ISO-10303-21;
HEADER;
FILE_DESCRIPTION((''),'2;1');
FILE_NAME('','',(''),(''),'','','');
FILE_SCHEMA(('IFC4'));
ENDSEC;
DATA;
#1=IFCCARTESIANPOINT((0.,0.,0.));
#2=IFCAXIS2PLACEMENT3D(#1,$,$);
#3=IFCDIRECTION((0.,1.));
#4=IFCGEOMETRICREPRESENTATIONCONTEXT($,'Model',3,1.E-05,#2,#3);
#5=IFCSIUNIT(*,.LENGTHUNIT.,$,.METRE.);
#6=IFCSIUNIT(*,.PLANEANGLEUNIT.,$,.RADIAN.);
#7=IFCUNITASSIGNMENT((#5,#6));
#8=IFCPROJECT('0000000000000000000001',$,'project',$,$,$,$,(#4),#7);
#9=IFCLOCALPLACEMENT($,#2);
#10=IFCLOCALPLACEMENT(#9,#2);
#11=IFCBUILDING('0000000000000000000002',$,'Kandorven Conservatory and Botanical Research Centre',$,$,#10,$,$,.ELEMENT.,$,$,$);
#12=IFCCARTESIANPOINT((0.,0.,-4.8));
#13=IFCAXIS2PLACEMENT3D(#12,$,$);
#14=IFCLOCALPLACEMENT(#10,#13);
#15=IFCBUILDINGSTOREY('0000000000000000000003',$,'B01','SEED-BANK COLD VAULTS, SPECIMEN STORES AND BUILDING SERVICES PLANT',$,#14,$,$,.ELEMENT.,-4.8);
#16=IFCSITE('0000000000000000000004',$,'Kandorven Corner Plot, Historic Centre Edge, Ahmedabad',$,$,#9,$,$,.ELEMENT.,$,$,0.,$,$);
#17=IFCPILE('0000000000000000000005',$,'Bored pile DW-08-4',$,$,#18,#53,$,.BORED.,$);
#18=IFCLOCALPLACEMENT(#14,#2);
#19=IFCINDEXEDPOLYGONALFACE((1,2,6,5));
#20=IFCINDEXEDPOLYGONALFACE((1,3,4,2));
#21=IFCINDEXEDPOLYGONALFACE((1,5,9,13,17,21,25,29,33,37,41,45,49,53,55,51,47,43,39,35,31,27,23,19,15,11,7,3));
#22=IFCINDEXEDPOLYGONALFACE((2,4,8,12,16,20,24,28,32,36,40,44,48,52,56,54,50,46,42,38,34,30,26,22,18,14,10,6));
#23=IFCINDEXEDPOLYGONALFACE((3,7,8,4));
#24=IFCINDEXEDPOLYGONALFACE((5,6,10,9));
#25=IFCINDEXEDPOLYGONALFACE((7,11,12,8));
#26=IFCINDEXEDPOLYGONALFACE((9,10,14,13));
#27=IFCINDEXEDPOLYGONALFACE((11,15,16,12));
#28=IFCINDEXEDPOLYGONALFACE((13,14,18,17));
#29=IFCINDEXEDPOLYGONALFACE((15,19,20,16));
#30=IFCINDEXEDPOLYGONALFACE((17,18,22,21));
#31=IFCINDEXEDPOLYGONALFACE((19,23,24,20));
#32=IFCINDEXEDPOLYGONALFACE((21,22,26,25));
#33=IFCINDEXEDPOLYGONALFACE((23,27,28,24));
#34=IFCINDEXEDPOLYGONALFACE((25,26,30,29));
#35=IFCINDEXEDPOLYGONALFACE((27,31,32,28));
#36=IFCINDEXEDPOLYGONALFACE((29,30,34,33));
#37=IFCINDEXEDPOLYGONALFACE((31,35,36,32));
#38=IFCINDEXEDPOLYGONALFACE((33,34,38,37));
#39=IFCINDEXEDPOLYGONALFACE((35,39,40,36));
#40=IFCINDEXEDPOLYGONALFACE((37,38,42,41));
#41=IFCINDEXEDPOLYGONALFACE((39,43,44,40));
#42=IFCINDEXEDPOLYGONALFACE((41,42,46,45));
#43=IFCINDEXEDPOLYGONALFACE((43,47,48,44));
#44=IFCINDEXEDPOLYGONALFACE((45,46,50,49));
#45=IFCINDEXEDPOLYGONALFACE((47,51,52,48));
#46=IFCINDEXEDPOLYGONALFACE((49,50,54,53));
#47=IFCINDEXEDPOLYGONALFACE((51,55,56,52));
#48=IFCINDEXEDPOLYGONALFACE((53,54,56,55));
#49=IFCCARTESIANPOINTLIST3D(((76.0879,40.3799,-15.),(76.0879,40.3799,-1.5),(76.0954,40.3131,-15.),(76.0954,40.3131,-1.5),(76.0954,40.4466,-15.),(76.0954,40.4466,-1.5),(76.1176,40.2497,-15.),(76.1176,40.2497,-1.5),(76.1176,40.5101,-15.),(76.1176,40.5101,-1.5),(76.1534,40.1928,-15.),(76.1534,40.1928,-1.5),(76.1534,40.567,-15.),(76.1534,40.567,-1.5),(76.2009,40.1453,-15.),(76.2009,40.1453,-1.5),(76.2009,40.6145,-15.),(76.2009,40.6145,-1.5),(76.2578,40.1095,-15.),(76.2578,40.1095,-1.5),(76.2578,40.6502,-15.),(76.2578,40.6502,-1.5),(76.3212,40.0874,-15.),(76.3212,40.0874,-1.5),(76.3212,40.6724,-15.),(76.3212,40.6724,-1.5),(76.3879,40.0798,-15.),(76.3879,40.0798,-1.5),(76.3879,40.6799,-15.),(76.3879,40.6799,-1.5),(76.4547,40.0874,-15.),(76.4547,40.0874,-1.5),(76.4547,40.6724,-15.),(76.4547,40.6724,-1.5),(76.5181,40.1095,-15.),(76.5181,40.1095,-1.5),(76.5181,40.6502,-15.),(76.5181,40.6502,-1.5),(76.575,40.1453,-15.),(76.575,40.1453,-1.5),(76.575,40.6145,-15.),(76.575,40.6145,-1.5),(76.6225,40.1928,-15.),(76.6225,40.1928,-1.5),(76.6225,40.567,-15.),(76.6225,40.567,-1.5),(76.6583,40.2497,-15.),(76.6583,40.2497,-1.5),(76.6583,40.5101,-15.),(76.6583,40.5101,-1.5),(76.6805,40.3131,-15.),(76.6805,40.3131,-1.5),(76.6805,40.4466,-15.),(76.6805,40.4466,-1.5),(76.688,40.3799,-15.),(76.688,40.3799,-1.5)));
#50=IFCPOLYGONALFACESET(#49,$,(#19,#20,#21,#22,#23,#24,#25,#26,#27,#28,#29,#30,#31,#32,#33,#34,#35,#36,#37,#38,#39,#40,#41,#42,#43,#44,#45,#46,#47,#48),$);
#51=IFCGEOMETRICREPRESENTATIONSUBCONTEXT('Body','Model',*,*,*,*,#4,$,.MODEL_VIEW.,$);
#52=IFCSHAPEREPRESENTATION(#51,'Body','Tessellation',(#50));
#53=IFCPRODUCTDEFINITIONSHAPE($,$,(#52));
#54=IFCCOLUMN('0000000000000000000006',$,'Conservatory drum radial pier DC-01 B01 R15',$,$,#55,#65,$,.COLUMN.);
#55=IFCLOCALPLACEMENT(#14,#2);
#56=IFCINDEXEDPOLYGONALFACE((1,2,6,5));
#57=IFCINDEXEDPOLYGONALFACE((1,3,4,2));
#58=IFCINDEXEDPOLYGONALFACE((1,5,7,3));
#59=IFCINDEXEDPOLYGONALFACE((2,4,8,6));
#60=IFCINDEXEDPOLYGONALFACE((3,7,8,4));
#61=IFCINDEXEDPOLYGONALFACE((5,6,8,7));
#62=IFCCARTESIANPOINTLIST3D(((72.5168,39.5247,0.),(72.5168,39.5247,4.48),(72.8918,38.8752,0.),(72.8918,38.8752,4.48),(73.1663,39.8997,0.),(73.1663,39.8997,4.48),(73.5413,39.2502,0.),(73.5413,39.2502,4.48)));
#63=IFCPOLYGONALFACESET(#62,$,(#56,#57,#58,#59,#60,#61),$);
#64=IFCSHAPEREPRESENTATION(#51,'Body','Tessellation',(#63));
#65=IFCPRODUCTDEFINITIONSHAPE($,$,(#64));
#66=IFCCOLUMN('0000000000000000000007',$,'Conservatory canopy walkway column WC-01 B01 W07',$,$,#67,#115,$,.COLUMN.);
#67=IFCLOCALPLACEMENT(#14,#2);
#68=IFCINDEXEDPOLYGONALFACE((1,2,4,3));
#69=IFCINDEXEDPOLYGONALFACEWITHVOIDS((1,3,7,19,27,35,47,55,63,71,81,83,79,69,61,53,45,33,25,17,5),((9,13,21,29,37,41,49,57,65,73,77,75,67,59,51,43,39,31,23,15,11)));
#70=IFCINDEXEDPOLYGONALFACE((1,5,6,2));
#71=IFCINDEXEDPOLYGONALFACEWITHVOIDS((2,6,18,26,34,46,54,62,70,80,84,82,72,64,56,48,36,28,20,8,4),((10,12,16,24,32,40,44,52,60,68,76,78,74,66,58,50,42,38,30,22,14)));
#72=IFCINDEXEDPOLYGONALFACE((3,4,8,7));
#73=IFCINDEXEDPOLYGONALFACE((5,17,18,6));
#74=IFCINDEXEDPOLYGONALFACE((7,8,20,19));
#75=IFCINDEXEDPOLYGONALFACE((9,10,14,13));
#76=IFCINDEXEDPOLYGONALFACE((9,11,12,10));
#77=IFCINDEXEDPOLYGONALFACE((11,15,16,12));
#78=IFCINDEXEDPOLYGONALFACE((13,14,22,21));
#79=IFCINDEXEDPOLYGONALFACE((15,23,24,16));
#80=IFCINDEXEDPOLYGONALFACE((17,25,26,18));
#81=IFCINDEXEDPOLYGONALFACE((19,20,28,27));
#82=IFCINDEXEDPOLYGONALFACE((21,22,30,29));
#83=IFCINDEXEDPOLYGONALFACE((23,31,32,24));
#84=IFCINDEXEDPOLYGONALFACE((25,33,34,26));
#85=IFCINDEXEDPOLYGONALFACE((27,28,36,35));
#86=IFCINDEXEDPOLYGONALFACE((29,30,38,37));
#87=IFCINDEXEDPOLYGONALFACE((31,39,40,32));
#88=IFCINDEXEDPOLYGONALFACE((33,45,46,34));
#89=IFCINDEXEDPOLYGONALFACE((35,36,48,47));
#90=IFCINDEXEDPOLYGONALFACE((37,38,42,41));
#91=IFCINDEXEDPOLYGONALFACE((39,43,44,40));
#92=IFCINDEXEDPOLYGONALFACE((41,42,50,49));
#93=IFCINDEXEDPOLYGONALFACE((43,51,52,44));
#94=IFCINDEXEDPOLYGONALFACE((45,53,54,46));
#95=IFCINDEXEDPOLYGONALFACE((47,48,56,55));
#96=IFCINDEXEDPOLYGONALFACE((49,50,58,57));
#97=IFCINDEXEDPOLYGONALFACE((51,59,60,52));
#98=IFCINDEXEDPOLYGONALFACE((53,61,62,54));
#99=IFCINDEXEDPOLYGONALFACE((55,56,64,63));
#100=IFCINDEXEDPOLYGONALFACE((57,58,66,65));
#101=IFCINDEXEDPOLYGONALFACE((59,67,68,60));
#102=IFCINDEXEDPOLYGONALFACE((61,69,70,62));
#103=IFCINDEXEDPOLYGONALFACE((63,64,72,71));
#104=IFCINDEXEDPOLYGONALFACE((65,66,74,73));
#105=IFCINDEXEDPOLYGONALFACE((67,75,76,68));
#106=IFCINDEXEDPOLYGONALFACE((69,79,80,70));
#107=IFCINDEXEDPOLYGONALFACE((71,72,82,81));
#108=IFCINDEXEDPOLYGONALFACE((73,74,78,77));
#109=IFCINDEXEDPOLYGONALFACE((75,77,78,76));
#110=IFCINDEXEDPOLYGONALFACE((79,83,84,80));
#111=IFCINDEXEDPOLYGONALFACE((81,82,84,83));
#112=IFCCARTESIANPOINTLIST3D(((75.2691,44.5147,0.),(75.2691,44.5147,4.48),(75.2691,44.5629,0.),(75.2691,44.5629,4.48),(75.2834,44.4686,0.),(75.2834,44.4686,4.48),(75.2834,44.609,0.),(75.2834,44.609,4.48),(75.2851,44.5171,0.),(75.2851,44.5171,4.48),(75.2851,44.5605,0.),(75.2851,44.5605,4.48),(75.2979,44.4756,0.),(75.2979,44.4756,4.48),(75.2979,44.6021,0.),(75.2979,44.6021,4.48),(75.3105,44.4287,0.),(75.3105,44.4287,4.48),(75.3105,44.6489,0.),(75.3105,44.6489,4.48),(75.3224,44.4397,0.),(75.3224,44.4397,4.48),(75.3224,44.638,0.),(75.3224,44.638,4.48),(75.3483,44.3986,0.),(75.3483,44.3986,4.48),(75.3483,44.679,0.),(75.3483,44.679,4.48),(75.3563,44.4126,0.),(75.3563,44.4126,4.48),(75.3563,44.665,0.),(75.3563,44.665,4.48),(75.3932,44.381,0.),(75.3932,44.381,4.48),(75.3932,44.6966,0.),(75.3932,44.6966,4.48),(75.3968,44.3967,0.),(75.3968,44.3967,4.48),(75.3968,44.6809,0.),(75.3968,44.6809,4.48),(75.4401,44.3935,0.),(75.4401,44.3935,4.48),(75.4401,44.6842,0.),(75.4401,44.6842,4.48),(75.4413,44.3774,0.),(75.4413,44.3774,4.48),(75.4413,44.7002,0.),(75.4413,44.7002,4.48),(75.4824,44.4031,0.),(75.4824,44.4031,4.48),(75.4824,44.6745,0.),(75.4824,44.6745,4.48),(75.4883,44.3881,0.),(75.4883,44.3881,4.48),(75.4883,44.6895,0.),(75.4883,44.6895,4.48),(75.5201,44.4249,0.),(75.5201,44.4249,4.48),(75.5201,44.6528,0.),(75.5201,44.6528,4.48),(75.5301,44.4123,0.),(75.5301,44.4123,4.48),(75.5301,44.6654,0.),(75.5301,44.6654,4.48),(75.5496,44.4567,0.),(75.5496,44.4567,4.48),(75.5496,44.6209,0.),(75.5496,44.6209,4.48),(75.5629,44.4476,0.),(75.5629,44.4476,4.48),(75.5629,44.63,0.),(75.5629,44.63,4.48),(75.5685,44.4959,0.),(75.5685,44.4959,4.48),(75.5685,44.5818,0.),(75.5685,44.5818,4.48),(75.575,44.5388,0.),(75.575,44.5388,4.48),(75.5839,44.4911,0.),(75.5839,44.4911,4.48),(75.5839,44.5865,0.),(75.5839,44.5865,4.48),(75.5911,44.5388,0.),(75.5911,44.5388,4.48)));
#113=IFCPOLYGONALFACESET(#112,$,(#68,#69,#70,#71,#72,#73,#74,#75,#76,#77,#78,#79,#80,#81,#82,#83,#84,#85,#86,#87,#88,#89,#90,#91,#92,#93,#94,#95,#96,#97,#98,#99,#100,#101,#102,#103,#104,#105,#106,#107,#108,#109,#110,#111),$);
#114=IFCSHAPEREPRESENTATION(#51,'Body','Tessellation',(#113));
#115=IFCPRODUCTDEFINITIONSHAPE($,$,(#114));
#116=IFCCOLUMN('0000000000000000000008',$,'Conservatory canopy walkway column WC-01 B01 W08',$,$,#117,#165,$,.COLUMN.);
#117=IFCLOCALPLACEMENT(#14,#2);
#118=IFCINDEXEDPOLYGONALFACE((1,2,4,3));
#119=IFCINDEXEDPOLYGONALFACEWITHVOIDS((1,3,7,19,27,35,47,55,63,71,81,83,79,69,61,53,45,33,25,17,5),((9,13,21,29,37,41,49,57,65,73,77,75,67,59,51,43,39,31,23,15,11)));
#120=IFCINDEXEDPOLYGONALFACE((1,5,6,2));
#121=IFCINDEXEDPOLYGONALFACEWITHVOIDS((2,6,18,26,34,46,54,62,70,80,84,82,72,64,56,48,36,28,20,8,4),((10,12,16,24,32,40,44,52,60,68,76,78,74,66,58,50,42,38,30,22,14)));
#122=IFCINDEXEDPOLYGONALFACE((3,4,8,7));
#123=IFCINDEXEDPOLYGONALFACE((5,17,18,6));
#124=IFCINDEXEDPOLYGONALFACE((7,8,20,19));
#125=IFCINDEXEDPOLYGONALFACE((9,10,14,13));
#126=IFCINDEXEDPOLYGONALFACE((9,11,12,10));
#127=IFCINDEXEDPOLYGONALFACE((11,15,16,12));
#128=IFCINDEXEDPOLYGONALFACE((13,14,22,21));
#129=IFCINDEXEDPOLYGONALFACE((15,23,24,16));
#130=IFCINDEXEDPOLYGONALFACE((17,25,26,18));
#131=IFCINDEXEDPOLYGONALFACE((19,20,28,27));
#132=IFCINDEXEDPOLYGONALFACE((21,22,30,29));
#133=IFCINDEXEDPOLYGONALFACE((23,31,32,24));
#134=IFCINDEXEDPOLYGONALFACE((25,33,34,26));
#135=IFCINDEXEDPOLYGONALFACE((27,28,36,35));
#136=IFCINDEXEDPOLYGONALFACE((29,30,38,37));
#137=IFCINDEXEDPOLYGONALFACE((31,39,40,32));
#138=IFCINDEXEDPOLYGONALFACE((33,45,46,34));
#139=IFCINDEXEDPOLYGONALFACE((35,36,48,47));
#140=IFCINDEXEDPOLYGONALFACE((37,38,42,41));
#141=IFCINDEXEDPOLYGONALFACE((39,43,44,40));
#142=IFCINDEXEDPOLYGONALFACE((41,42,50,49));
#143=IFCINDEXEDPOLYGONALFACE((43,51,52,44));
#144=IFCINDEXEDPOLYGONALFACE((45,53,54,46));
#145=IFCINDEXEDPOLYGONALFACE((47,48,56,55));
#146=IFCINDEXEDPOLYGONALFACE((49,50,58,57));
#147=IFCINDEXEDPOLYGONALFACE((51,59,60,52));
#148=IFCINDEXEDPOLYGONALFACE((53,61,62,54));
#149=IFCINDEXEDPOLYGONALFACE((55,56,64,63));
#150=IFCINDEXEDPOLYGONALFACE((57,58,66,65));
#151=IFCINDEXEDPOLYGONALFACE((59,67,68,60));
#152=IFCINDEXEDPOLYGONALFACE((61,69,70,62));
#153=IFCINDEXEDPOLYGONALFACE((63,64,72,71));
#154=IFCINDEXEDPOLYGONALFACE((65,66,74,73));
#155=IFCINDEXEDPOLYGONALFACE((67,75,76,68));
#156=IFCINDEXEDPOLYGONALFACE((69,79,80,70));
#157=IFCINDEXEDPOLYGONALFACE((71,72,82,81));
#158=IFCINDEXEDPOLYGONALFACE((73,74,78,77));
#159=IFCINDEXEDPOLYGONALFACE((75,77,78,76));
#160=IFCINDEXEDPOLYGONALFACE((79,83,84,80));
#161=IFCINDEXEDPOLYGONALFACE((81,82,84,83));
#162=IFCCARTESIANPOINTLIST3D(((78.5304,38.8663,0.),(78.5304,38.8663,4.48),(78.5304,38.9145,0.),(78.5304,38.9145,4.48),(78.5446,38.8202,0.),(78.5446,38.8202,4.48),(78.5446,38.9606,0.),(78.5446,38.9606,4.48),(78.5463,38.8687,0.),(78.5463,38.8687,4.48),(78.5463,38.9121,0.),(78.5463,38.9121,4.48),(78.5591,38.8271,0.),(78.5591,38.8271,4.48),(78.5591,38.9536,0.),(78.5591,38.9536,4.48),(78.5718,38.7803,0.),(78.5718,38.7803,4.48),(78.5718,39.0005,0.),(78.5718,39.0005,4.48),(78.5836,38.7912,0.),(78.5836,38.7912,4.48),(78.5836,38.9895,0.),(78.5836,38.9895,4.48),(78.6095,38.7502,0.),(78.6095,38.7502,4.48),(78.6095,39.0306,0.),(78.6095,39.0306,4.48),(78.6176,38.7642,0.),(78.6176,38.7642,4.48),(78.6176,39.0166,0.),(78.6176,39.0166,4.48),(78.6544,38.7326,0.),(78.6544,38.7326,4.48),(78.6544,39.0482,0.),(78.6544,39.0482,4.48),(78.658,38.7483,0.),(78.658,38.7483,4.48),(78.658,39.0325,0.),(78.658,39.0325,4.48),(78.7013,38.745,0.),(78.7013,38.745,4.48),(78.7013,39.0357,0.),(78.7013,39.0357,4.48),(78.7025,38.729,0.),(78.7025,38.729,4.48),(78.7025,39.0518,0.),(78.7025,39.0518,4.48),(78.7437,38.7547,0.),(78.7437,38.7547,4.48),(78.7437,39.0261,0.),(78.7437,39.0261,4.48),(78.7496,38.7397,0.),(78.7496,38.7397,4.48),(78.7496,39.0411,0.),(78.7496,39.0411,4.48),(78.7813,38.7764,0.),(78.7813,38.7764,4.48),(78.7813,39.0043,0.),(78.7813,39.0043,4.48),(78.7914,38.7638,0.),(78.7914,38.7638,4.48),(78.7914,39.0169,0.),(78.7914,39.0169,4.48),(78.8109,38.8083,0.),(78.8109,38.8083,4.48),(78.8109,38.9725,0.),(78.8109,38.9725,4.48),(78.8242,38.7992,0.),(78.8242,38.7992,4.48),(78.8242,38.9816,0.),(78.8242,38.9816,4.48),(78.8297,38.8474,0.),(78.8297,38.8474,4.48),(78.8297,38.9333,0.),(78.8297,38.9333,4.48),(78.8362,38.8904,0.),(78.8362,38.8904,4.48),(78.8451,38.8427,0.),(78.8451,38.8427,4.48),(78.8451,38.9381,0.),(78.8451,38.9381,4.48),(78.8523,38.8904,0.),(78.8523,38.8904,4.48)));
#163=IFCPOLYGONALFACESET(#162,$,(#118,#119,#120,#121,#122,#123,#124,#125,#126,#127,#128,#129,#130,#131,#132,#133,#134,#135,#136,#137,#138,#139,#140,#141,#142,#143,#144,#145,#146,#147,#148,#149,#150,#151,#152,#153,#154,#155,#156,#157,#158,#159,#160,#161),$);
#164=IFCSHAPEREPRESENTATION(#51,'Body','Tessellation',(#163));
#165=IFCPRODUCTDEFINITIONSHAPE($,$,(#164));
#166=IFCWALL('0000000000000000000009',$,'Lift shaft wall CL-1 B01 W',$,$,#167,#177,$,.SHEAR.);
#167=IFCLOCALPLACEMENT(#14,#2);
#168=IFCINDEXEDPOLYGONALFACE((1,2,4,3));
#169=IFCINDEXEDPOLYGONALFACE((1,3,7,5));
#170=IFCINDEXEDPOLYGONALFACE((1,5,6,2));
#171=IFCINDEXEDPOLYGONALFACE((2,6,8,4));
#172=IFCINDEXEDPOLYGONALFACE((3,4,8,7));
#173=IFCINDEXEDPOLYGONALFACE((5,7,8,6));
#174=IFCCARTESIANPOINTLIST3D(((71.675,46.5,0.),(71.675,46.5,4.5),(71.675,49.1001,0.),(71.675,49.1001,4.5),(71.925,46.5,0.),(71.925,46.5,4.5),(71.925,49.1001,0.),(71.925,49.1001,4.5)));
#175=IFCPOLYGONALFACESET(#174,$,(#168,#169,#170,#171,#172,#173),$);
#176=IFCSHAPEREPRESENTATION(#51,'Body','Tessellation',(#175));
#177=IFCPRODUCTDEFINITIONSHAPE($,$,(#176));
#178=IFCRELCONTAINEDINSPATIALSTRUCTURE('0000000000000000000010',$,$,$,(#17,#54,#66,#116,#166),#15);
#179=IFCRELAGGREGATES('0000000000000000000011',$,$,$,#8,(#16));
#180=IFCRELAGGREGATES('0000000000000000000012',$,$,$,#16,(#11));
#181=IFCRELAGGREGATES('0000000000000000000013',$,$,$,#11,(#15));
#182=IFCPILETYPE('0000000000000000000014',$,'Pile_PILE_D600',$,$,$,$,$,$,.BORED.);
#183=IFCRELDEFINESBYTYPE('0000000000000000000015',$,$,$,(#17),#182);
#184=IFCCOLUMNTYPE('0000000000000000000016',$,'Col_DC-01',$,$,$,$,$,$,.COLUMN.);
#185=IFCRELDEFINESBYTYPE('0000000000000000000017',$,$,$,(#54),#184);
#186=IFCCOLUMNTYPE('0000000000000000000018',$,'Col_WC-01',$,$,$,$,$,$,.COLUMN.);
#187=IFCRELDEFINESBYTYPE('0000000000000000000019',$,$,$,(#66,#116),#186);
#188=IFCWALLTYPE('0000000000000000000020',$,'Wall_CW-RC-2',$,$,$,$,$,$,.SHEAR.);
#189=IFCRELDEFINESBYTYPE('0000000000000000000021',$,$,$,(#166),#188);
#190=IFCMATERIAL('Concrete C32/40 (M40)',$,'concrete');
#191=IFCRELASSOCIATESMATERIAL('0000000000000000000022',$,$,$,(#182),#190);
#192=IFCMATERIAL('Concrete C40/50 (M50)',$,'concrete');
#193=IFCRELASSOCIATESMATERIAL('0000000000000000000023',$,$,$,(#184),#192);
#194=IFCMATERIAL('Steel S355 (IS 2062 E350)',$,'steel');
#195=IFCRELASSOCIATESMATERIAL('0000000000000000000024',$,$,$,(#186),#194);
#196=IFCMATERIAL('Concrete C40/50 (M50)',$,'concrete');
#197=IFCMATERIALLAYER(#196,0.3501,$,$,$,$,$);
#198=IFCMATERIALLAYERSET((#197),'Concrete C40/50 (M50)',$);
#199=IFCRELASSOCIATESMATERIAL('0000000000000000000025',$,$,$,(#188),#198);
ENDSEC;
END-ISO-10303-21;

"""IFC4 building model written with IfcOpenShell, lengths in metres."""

from ifc_helpers import new_model, si_unit, direction, frame, frame_2d, origin, origin_2d, place, context, subcontext, project, spatial, rectangle, circle, hollow_circle, extrude, material, layer, layer_set, material_profile, profile_set, type_object, element, save


model = new_model("IFC4")

# Units and contexts
model_context = context("Model", 3, precision=1e-05, world=origin(), true_north=direction((0.0, 1.0)))
body_context = subcontext(model_context, "Body", "Model", "MODEL_VIEW")
ifc_project = project(units=[si_unit("LENGTHUNIT", "METRE"), si_unit("PLANEANGLEUNIT", "RADIAN")], contexts=[model_context])

# Site, building, storey
site_placement = place(None, origin())
site = spatial("IfcSite", under=ifc_project, at=site_placement, Name="Kandorven Corner Plot, Historic Centre Edge, Ahmedabad", CompositionType="ELEMENT", RefElevation=0.0)
building_placement = place(site_placement, origin())
building = spatial("IfcBuilding", under=site, at=building_placement, Name="Kandorven Conservatory and Botanical Research Centre", CompositionType="ELEMENT")
storey_placement = place(building_placement, frame((0.0, 0.0, -4.8)))
storey = spatial("IfcBuildingStorey", under=building, at=storey_placement, Name="B01", Description="SEED-BANK COLD VAULTS, SPECIMEN STORES AND BUILDING SERVICES PLANT", CompositionType="ELEMENT", Elevation=-4.8)

# Pile
ifc_material_1 = material(Name="Concrete C32/40 (M40)", Category="concrete")
ifc_material_profile_1 = material_profile(ifc_material_1, circle(Radius=0.3, at=origin_2d()))
ifc_profile_set_1 = profile_set([ifc_material_profile_1], Name="Concrete C32/40 (M40)")
pile_type = type_object("IfcPileType", Name="Pile_PILE_D600", PredefinedType="BORED", material=ifc_profile_set_1)
for number, where, z_axis, x_axis, name in (
    (1, (76.3879, 40.3799, -1.5), (0.0, 0.0, -1.0), (1.0, 0.0, 0.0), "Bored pile DW-08-4"),
):
    element("IfcPile", number, at=place(storey_placement, frame(where, z_axis=z_axis, x_axis=x_axis)), inside=storey, type_object=pile_type, Name=name, PredefinedType="BORED", context=body_context, shape_type="SweptSolid", body=[
        extrude(circle(Radius=0.3, at=origin_2d()), origin(), (0.0, 0.0, 1.0), 13.5),
    ])

# Columns
ifc_material_2 = material(Name="Concrete C40/50 (M50)", Category="concrete")
ifc_material_profile_2 = material_profile(ifc_material_2, rectangle(XDim=0.75, YDim=0.75, at=origin_2d()))
ifc_profile_set_2 = profile_set([ifc_material_profile_2], Name="Concrete C40/50 (M50)")
column_type_1 = type_object("IfcColumnType", Name="Col_DC-01", PredefinedType="COLUMN", material=ifc_profile_set_2)
column_placement = place(storey_placement, frame((73.0291, 39.3875, 0.0), z_axis=(0.0, 0.0, 1.0), x_axis=(-0.866025, -0.5, 0.0)))
element("IfcColumn", 2, at=column_placement, inside=storey, type_object=column_type_1, Name="Conservatory drum radial pier DC-01 B01 R15", PredefinedType="COLUMN", context=body_context, shape_type="SweptSolid", body=[
    extrude(rectangle(XDim=0.75, YDim=0.75, at=origin_2d()), origin(), (0.0, 0.0, 1.0), 4.48),
])
ifc_material_3 = material(Name="Steel S355 (IS 2062 E350)", Category="steel")
ifc_material_profile_3 = material_profile(ifc_material_3, hollow_circle(Radius=0.1619, WallThickness=0.0161, at=origin_2d()))
ifc_profile_set_3 = profile_set([ifc_material_profile_3], Name="Steel S355 (IS 2062 E350)")
column_type_2 = type_object("IfcColumnType", Name="Col_WC-01", PredefinedType="COLUMN", material=ifc_profile_set_3)
for number, where, z_axis, x_axis, name in (
    (3, (75.4292, 44.5388, 0.0), (0.0, 0.0, 1.0), (1.0, 0.0, 0.0), "Conservatory canopy walkway column WC-01 B01 W07"),
    (4, (78.6904, 38.8904, 0.0), (0.0, 0.0, 1.0), (1.0, 0.0, 0.0), "Conservatory canopy walkway column WC-01 B01 W08"),
):
    element("IfcColumn", number, at=place(storey_placement, frame(where, z_axis=z_axis, x_axis=x_axis)), inside=storey, type_object=column_type_2, Name=name, PredefinedType="COLUMN", context=body_context, shape_type="SweptSolid", body=[
        extrude(hollow_circle(Radius=0.1619, WallThickness=0.0161, at=origin_2d()), origin(), (0.0, 0.0, 1.0), 4.48),
    ])

# Wall
ifc_material_4 = material(Name="Concrete C40/50 (M50)", Category="concrete")
ifc_layer_1 = layer(ifc_material_4, 0.3501)
ifc_layer_set_1 = layer_set([ifc_layer_1], Name="Concrete C40/50 (M50)")
wall_type_1 = type_object("IfcWallType", Name="Wall_CW-RC-2", PredefinedType="SHEAR", material=ifc_layer_set_1)
wall_1_placement = place(storey_placement, frame((71.8, 46.5, 0.0), z_axis=(0.0, 0.0, 1.0), x_axis=(0.0, 1.0, 0.0)))
element("IfcWall", 5, at=wall_1_placement, inside=storey, type_object=wall_type_1, Name="Lift shaft wall CL-1 B01 W", PredefinedType="SHEAR", context=body_context, shape_type="SweptSolid", body=[
    extrude(rectangle(XDim=2.6001, YDim=0.25, at=frame_2d((1.3, 0.0))), origin(), (0.0, 0.0, 1.0), 4.5),
])

save(model, "model.ifc")
